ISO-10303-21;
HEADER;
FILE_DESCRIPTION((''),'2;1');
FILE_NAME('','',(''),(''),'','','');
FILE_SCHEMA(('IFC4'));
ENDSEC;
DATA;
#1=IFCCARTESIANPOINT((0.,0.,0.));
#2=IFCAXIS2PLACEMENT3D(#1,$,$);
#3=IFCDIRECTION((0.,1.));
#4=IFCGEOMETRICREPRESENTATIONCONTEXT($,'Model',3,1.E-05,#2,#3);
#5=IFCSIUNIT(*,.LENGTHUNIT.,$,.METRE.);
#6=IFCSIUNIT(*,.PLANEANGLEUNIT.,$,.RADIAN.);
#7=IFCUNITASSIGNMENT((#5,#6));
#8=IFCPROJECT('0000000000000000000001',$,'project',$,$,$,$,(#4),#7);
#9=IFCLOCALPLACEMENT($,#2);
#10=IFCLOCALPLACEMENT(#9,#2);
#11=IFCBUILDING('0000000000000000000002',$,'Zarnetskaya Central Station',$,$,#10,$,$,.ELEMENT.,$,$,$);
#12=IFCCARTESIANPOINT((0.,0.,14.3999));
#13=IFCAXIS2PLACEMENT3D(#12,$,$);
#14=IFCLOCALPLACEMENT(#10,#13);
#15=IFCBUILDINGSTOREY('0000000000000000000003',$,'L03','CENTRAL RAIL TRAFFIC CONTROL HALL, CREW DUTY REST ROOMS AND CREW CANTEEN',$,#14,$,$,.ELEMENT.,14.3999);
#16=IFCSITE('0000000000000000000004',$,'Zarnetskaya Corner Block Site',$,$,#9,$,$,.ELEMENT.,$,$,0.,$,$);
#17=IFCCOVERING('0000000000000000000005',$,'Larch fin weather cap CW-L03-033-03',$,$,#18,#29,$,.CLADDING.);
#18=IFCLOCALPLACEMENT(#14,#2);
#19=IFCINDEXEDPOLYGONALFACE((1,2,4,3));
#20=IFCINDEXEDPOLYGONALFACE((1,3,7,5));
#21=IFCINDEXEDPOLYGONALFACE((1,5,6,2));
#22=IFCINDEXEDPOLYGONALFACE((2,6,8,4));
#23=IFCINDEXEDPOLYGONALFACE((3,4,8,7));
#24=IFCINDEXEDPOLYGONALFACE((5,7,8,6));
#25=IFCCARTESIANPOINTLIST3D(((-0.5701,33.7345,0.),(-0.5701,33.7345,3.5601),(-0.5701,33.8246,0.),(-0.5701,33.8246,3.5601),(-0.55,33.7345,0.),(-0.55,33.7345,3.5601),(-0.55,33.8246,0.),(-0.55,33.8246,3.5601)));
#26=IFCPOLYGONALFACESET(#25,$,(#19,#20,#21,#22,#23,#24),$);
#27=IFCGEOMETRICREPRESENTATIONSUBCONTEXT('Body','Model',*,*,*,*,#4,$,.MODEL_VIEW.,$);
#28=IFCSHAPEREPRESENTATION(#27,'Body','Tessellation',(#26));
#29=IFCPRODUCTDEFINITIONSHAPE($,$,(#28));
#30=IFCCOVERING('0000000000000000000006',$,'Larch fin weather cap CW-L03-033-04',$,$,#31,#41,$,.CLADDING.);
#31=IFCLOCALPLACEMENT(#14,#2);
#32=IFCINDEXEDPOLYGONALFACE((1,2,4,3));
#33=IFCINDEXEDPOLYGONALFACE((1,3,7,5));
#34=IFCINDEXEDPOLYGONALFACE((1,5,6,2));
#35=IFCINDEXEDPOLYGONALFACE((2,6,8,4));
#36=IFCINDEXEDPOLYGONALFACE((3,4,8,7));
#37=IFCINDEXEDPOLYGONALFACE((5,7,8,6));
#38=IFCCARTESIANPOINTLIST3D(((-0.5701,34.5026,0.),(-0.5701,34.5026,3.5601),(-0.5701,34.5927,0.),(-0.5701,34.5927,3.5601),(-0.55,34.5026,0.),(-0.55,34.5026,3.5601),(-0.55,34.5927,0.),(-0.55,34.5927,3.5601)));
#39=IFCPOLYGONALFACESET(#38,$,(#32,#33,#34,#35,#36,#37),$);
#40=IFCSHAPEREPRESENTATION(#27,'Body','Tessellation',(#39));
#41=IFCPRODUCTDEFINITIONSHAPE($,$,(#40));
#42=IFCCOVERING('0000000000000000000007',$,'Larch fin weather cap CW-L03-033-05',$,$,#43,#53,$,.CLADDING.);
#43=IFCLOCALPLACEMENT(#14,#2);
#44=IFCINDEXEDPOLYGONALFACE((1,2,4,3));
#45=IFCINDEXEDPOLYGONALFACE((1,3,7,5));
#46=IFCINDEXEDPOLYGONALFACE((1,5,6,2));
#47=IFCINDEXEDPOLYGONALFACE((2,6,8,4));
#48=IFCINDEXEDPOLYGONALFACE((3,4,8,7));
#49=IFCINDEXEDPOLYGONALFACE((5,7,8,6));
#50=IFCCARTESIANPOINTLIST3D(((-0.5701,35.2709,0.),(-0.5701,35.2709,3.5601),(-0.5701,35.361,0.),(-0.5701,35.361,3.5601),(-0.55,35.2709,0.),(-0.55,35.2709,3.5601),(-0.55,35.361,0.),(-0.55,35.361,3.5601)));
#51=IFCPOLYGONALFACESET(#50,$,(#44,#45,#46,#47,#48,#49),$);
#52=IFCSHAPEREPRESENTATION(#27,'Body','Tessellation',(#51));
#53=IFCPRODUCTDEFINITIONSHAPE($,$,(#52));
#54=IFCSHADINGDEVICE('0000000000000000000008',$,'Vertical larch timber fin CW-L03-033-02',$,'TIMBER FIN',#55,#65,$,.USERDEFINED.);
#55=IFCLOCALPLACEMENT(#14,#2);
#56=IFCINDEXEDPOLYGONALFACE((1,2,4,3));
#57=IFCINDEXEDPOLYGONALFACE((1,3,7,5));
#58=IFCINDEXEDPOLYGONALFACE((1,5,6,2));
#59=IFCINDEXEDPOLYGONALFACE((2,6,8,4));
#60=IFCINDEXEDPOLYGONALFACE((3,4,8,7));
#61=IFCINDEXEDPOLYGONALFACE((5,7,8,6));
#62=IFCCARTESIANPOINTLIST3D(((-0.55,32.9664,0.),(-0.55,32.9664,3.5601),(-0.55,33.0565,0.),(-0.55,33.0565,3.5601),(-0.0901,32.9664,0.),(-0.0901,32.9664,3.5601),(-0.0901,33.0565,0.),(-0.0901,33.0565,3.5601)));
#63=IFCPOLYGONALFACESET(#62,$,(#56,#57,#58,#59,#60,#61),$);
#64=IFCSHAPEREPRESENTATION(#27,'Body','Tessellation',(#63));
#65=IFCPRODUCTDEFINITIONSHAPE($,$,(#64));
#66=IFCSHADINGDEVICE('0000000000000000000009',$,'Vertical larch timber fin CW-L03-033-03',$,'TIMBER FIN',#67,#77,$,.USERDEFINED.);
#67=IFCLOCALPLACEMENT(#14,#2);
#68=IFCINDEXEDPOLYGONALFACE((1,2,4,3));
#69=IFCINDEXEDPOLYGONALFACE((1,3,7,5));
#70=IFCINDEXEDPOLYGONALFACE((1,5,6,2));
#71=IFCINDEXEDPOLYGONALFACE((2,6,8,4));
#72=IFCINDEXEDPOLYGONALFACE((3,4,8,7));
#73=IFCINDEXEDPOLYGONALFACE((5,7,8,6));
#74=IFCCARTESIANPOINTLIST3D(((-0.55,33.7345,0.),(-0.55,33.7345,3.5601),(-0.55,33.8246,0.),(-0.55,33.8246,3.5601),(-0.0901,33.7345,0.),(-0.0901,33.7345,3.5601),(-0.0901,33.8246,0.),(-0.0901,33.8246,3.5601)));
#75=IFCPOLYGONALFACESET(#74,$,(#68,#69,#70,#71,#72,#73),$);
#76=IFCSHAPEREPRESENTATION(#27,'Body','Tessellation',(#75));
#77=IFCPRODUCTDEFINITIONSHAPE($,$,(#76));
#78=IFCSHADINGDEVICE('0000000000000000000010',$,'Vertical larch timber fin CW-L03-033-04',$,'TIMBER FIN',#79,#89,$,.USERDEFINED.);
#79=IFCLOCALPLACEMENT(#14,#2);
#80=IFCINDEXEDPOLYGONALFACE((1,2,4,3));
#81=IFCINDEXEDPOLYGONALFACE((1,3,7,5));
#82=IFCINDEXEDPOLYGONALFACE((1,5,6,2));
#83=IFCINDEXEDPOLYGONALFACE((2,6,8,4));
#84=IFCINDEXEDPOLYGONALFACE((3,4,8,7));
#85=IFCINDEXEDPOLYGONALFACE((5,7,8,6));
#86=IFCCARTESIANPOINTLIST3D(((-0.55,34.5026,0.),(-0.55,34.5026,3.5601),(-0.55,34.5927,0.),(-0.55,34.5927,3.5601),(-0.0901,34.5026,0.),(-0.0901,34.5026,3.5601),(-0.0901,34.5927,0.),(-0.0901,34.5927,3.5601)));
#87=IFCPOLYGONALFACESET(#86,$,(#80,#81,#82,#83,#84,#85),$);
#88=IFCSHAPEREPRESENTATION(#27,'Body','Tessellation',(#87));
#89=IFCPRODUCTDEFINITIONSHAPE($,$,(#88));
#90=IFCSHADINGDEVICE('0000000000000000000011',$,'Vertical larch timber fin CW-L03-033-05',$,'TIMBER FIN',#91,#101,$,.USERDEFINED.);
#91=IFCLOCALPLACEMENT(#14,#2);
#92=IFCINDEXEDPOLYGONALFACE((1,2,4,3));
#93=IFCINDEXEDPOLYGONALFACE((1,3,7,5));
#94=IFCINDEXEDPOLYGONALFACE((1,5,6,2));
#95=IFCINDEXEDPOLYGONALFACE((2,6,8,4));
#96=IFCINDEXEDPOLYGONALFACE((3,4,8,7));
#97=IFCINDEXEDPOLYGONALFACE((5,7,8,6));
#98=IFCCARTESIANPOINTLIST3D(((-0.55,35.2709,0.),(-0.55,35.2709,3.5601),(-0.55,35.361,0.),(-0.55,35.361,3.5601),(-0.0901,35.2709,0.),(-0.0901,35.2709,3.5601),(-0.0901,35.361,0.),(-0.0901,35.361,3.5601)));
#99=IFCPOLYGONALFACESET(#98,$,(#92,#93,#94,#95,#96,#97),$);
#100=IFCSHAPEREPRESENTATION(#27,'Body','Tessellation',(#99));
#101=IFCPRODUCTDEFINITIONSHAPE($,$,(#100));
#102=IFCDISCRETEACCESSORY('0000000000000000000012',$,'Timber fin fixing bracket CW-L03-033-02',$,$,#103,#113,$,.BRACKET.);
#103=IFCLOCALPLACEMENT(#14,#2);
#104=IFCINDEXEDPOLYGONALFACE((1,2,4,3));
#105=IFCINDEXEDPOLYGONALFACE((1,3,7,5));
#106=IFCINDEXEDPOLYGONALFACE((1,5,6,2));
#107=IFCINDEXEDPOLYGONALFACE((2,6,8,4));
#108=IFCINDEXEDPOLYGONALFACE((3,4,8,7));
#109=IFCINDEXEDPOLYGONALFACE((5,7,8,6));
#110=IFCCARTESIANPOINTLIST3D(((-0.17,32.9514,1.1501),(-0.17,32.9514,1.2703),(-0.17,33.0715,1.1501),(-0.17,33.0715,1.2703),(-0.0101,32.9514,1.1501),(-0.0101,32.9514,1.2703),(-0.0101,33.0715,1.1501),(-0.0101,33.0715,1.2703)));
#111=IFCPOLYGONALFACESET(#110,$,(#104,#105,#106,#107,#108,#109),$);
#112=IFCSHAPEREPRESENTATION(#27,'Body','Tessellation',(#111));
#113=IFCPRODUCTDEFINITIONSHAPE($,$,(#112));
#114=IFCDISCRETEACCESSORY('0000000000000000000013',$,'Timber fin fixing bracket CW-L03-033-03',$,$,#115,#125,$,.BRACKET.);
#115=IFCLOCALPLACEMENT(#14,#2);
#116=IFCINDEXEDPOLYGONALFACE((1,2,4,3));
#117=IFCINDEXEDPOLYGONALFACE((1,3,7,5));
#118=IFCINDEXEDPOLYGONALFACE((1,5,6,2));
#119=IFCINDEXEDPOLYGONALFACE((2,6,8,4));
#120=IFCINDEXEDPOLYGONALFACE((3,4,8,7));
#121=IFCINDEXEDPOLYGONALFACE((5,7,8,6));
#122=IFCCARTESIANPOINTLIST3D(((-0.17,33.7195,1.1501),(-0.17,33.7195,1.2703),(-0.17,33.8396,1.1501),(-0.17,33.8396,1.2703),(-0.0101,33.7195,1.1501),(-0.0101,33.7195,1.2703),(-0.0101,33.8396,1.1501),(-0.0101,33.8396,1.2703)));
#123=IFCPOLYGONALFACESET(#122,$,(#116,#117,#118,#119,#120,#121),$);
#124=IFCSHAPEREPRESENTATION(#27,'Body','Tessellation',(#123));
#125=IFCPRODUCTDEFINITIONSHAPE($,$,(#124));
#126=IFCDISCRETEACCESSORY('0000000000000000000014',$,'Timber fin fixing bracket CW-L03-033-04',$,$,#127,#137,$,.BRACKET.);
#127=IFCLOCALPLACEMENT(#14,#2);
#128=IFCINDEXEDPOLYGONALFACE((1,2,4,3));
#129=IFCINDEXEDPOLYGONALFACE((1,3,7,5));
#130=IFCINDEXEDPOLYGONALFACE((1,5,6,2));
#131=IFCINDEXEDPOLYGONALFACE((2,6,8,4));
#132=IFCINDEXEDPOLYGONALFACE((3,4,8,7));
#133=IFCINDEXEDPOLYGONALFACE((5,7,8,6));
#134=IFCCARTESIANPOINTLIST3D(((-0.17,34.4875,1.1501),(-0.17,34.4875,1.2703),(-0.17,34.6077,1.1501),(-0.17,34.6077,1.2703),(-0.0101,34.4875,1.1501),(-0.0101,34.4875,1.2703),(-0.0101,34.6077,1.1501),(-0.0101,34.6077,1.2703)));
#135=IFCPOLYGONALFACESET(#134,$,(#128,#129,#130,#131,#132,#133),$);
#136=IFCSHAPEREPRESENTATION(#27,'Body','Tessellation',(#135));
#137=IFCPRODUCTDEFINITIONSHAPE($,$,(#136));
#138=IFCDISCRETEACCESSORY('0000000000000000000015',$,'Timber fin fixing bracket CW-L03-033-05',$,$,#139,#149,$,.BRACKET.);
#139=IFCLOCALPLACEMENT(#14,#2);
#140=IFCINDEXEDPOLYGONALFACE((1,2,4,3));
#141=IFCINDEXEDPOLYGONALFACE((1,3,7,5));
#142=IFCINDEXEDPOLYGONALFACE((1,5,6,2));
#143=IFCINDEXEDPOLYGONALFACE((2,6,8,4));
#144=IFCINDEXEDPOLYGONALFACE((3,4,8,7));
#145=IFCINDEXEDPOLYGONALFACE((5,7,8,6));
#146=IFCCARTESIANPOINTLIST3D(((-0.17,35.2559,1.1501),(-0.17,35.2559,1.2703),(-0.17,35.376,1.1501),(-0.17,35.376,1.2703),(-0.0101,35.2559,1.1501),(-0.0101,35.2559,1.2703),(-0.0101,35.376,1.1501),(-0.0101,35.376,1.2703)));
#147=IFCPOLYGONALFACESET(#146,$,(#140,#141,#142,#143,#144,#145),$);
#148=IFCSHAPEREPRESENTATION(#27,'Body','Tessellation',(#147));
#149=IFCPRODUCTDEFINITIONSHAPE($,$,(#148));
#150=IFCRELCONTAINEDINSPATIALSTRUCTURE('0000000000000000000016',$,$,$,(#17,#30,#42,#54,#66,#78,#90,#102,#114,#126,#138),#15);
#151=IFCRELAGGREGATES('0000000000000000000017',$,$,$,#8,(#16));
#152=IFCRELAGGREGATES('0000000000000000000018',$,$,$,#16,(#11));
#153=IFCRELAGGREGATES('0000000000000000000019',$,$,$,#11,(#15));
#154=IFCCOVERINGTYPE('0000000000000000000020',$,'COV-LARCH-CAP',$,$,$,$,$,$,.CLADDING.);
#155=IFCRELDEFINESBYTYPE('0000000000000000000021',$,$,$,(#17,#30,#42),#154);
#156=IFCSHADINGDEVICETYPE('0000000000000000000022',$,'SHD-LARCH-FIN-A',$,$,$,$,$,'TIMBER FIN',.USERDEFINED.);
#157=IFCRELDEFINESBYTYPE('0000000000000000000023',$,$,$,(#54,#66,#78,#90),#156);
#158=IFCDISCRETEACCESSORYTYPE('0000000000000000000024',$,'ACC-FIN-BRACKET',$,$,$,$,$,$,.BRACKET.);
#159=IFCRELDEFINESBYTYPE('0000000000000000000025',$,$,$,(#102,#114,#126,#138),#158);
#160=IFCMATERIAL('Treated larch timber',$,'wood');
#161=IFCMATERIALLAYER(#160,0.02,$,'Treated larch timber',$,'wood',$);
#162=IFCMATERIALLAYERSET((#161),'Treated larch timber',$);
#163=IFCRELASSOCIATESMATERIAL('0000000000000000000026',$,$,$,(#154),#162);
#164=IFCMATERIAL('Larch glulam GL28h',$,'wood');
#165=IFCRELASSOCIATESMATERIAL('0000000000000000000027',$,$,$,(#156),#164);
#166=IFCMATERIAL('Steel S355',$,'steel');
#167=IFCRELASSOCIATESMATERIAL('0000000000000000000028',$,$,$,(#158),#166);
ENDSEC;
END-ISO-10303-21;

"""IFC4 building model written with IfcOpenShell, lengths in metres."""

from ifc_helpers import new_model, si_unit, direction, frame, origin, origin_2d, place, context, subcontext, project, spatial, rectangle, extrude, material, layer, layer_set, type_object, element, save


model = new_model("IFC4")

# Units and contexts
model_context = context("Model", 3, precision=1e-05, world=origin(), true_north=direction((0.0, 1.0)))
body_context = subcontext(model_context, "Body", "Model", "MODEL_VIEW")
ifc_project = project(units=[si_unit("LENGTHUNIT", "METRE"), si_unit("PLANEANGLEUNIT", "RADIAN")], contexts=[model_context])

# Site, building, storey
site_placement = place(None, origin())
site = spatial("IfcSite", under=ifc_project, at=site_placement, Name="Zarnetskaya Corner Block Site", CompositionType="ELEMENT", RefElevation=0.0)
building_placement = place(site_placement, origin())
building = spatial("IfcBuilding", under=site, at=building_placement, Name="Zarnetskaya Central Station", CompositionType="ELEMENT")
storey_placement = place(building_placement, frame((0.0, 0.0, 14.3999)))
storey = spatial("IfcBuildingStorey", under=building, at=storey_placement, Name="L03", Description="CENTRAL RAIL TRAFFIC CONTROL HALL, CREW DUTY REST ROOMS AND CREW CANTEEN", CompositionType="ELEMENT", Elevation=14.3999)

# Coverings
ifc_material_1 = material(Name="Treated larch timber", Category="wood")
ifc_layer_1 = layer(ifc_material_1, 0.02, Name="Treated larch timber", Category="wood")
ifc_layer_set_1 = layer_set([ifc_layer_1], Name="Treated larch timber")
covering_type = type_object("IfcCoveringType", Name="COV-LARCH-CAP", PredefinedType="CLADDING", material=ifc_layer_set_1)
for number, where, z_axis, x_axis, name in (
    (1, (-0.5601, 33.7795, 0.0), (0.0, 0.0, 1.0), (0.0, 1.0, 0.0), "Larch fin weather cap CW-L03-033-03"),
    (2, (-0.5601, 34.5476, 0.0), (0.0, 0.0, 1.0), (0.0, 1.0, 0.0), "Larch fin weather cap CW-L03-033-04"),
    (3, (-0.5601, 35.3159, 0.0), (0.0, 0.0, 1.0), (0.0, 1.0, 0.0), "Larch fin weather cap CW-L03-033-05"),
):
    element("IfcCovering", number, at=place(storey_placement, frame(where, z_axis=z_axis, x_axis=x_axis)), inside=storey, type_object=covering_type, Name=name, PredefinedType="CLADDING", context=body_context, shape_type="SweptSolid", body=[
        extrude(rectangle(XDim=0.0901, YDim=0.02, at=origin_2d()), origin(), (0.0, 0.0, 1.0), 3.5601),
    ])

# Shading devices
ifc_material_2 = material(Name="Larch glulam GL28h", Category="wood")
shading_device_type = type_object("IfcShadingDeviceType", Name="SHD-LARCH-FIN-A", ElementType="TIMBER FIN", PredefinedType="USERDEFINED", material=ifc_material_2)
for number, where, z_axis, x_axis, name in (
    (4, (-0.3201, 33.0115, 0.0), (0.0, 0.0, 1.0), (0.0, 1.0, 0.0), "Vertical larch timber fin CW-L03-033-02"),
    (5, (-0.3201, 33.7795, 0.0), (0.0, 0.0, 1.0), (0.0, 1.0, 0.0), "Vertical larch timber fin CW-L03-033-03"),
    (6, (-0.3201, 34.5476, 0.0), (0.0, 0.0, 1.0), (0.0, 1.0, 0.0), "Vertical larch timber fin CW-L03-033-04"),
    (7, (-0.3201, 35.3159, 0.0), (0.0, 0.0, 1.0), (0.0, 1.0, 0.0), "Vertical larch timber fin CW-L03-033-05"),
):
    element("IfcShadingDevice", number, at=place(storey_placement, frame(where, z_axis=z_axis, x_axis=x_axis)), inside=storey, type_object=shading_device_type, Name=name, ObjectType="TIMBER FIN", PredefinedType="USERDEFINED", context=body_context, shape_type="SweptSolid", body=[
        extrude(rectangle(XDim=0.0901, YDim=0.46, at=origin_2d()), origin(), (0.0, 0.0, 1.0), 3.5601),
    ])

# Discrete accessories
ifc_material_3 = material(Name="Steel S355", Category="steel")
discrete_accessory_type = type_object("IfcDiscreteAccessoryType", Name="ACC-FIN-BRACKET", PredefinedType="BRACKET", material=ifc_material_3)
for number, where, z_axis, x_axis, name in (
    (8, (-0.0901, 33.0115, 1.1501), (0.0, 0.0, 1.0), (0.0, 1.0, 0.0), "Timber fin fixing bracket CW-L03-033-02"),
    (9, (-0.0901, 33.7795, 1.1501), (0.0, 0.0, 1.0), (0.0, 1.0, 0.0), "Timber fin fixing bracket CW-L03-033-03"),
    (10, (-0.0901, 34.5476, 1.1501), (0.0, 0.0, 1.0), (0.0, 1.0, 0.0), "Timber fin fixing bracket CW-L03-033-04"),
    (11, (-0.0901, 35.3159, 1.1501), (0.0, 0.0, 1.0), (0.0, 1.0, 0.0), "Timber fin fixing bracket CW-L03-033-05"),
):
    element("IfcDiscreteAccessory", number, at=place(storey_placement, frame(where, z_axis=z_axis, x_axis=x_axis)), inside=storey, type_object=discrete_accessory_type, Name=name, PredefinedType="BRACKET", context=body_context, shape_type="SweptSolid", body=[
        extrude(rectangle(XDim=0.1201, YDim=0.1599, at=origin_2d()), origin(), (0.0, 0.0, 1.0), 0.1201),
    ])

save(model, "model.ifc")
